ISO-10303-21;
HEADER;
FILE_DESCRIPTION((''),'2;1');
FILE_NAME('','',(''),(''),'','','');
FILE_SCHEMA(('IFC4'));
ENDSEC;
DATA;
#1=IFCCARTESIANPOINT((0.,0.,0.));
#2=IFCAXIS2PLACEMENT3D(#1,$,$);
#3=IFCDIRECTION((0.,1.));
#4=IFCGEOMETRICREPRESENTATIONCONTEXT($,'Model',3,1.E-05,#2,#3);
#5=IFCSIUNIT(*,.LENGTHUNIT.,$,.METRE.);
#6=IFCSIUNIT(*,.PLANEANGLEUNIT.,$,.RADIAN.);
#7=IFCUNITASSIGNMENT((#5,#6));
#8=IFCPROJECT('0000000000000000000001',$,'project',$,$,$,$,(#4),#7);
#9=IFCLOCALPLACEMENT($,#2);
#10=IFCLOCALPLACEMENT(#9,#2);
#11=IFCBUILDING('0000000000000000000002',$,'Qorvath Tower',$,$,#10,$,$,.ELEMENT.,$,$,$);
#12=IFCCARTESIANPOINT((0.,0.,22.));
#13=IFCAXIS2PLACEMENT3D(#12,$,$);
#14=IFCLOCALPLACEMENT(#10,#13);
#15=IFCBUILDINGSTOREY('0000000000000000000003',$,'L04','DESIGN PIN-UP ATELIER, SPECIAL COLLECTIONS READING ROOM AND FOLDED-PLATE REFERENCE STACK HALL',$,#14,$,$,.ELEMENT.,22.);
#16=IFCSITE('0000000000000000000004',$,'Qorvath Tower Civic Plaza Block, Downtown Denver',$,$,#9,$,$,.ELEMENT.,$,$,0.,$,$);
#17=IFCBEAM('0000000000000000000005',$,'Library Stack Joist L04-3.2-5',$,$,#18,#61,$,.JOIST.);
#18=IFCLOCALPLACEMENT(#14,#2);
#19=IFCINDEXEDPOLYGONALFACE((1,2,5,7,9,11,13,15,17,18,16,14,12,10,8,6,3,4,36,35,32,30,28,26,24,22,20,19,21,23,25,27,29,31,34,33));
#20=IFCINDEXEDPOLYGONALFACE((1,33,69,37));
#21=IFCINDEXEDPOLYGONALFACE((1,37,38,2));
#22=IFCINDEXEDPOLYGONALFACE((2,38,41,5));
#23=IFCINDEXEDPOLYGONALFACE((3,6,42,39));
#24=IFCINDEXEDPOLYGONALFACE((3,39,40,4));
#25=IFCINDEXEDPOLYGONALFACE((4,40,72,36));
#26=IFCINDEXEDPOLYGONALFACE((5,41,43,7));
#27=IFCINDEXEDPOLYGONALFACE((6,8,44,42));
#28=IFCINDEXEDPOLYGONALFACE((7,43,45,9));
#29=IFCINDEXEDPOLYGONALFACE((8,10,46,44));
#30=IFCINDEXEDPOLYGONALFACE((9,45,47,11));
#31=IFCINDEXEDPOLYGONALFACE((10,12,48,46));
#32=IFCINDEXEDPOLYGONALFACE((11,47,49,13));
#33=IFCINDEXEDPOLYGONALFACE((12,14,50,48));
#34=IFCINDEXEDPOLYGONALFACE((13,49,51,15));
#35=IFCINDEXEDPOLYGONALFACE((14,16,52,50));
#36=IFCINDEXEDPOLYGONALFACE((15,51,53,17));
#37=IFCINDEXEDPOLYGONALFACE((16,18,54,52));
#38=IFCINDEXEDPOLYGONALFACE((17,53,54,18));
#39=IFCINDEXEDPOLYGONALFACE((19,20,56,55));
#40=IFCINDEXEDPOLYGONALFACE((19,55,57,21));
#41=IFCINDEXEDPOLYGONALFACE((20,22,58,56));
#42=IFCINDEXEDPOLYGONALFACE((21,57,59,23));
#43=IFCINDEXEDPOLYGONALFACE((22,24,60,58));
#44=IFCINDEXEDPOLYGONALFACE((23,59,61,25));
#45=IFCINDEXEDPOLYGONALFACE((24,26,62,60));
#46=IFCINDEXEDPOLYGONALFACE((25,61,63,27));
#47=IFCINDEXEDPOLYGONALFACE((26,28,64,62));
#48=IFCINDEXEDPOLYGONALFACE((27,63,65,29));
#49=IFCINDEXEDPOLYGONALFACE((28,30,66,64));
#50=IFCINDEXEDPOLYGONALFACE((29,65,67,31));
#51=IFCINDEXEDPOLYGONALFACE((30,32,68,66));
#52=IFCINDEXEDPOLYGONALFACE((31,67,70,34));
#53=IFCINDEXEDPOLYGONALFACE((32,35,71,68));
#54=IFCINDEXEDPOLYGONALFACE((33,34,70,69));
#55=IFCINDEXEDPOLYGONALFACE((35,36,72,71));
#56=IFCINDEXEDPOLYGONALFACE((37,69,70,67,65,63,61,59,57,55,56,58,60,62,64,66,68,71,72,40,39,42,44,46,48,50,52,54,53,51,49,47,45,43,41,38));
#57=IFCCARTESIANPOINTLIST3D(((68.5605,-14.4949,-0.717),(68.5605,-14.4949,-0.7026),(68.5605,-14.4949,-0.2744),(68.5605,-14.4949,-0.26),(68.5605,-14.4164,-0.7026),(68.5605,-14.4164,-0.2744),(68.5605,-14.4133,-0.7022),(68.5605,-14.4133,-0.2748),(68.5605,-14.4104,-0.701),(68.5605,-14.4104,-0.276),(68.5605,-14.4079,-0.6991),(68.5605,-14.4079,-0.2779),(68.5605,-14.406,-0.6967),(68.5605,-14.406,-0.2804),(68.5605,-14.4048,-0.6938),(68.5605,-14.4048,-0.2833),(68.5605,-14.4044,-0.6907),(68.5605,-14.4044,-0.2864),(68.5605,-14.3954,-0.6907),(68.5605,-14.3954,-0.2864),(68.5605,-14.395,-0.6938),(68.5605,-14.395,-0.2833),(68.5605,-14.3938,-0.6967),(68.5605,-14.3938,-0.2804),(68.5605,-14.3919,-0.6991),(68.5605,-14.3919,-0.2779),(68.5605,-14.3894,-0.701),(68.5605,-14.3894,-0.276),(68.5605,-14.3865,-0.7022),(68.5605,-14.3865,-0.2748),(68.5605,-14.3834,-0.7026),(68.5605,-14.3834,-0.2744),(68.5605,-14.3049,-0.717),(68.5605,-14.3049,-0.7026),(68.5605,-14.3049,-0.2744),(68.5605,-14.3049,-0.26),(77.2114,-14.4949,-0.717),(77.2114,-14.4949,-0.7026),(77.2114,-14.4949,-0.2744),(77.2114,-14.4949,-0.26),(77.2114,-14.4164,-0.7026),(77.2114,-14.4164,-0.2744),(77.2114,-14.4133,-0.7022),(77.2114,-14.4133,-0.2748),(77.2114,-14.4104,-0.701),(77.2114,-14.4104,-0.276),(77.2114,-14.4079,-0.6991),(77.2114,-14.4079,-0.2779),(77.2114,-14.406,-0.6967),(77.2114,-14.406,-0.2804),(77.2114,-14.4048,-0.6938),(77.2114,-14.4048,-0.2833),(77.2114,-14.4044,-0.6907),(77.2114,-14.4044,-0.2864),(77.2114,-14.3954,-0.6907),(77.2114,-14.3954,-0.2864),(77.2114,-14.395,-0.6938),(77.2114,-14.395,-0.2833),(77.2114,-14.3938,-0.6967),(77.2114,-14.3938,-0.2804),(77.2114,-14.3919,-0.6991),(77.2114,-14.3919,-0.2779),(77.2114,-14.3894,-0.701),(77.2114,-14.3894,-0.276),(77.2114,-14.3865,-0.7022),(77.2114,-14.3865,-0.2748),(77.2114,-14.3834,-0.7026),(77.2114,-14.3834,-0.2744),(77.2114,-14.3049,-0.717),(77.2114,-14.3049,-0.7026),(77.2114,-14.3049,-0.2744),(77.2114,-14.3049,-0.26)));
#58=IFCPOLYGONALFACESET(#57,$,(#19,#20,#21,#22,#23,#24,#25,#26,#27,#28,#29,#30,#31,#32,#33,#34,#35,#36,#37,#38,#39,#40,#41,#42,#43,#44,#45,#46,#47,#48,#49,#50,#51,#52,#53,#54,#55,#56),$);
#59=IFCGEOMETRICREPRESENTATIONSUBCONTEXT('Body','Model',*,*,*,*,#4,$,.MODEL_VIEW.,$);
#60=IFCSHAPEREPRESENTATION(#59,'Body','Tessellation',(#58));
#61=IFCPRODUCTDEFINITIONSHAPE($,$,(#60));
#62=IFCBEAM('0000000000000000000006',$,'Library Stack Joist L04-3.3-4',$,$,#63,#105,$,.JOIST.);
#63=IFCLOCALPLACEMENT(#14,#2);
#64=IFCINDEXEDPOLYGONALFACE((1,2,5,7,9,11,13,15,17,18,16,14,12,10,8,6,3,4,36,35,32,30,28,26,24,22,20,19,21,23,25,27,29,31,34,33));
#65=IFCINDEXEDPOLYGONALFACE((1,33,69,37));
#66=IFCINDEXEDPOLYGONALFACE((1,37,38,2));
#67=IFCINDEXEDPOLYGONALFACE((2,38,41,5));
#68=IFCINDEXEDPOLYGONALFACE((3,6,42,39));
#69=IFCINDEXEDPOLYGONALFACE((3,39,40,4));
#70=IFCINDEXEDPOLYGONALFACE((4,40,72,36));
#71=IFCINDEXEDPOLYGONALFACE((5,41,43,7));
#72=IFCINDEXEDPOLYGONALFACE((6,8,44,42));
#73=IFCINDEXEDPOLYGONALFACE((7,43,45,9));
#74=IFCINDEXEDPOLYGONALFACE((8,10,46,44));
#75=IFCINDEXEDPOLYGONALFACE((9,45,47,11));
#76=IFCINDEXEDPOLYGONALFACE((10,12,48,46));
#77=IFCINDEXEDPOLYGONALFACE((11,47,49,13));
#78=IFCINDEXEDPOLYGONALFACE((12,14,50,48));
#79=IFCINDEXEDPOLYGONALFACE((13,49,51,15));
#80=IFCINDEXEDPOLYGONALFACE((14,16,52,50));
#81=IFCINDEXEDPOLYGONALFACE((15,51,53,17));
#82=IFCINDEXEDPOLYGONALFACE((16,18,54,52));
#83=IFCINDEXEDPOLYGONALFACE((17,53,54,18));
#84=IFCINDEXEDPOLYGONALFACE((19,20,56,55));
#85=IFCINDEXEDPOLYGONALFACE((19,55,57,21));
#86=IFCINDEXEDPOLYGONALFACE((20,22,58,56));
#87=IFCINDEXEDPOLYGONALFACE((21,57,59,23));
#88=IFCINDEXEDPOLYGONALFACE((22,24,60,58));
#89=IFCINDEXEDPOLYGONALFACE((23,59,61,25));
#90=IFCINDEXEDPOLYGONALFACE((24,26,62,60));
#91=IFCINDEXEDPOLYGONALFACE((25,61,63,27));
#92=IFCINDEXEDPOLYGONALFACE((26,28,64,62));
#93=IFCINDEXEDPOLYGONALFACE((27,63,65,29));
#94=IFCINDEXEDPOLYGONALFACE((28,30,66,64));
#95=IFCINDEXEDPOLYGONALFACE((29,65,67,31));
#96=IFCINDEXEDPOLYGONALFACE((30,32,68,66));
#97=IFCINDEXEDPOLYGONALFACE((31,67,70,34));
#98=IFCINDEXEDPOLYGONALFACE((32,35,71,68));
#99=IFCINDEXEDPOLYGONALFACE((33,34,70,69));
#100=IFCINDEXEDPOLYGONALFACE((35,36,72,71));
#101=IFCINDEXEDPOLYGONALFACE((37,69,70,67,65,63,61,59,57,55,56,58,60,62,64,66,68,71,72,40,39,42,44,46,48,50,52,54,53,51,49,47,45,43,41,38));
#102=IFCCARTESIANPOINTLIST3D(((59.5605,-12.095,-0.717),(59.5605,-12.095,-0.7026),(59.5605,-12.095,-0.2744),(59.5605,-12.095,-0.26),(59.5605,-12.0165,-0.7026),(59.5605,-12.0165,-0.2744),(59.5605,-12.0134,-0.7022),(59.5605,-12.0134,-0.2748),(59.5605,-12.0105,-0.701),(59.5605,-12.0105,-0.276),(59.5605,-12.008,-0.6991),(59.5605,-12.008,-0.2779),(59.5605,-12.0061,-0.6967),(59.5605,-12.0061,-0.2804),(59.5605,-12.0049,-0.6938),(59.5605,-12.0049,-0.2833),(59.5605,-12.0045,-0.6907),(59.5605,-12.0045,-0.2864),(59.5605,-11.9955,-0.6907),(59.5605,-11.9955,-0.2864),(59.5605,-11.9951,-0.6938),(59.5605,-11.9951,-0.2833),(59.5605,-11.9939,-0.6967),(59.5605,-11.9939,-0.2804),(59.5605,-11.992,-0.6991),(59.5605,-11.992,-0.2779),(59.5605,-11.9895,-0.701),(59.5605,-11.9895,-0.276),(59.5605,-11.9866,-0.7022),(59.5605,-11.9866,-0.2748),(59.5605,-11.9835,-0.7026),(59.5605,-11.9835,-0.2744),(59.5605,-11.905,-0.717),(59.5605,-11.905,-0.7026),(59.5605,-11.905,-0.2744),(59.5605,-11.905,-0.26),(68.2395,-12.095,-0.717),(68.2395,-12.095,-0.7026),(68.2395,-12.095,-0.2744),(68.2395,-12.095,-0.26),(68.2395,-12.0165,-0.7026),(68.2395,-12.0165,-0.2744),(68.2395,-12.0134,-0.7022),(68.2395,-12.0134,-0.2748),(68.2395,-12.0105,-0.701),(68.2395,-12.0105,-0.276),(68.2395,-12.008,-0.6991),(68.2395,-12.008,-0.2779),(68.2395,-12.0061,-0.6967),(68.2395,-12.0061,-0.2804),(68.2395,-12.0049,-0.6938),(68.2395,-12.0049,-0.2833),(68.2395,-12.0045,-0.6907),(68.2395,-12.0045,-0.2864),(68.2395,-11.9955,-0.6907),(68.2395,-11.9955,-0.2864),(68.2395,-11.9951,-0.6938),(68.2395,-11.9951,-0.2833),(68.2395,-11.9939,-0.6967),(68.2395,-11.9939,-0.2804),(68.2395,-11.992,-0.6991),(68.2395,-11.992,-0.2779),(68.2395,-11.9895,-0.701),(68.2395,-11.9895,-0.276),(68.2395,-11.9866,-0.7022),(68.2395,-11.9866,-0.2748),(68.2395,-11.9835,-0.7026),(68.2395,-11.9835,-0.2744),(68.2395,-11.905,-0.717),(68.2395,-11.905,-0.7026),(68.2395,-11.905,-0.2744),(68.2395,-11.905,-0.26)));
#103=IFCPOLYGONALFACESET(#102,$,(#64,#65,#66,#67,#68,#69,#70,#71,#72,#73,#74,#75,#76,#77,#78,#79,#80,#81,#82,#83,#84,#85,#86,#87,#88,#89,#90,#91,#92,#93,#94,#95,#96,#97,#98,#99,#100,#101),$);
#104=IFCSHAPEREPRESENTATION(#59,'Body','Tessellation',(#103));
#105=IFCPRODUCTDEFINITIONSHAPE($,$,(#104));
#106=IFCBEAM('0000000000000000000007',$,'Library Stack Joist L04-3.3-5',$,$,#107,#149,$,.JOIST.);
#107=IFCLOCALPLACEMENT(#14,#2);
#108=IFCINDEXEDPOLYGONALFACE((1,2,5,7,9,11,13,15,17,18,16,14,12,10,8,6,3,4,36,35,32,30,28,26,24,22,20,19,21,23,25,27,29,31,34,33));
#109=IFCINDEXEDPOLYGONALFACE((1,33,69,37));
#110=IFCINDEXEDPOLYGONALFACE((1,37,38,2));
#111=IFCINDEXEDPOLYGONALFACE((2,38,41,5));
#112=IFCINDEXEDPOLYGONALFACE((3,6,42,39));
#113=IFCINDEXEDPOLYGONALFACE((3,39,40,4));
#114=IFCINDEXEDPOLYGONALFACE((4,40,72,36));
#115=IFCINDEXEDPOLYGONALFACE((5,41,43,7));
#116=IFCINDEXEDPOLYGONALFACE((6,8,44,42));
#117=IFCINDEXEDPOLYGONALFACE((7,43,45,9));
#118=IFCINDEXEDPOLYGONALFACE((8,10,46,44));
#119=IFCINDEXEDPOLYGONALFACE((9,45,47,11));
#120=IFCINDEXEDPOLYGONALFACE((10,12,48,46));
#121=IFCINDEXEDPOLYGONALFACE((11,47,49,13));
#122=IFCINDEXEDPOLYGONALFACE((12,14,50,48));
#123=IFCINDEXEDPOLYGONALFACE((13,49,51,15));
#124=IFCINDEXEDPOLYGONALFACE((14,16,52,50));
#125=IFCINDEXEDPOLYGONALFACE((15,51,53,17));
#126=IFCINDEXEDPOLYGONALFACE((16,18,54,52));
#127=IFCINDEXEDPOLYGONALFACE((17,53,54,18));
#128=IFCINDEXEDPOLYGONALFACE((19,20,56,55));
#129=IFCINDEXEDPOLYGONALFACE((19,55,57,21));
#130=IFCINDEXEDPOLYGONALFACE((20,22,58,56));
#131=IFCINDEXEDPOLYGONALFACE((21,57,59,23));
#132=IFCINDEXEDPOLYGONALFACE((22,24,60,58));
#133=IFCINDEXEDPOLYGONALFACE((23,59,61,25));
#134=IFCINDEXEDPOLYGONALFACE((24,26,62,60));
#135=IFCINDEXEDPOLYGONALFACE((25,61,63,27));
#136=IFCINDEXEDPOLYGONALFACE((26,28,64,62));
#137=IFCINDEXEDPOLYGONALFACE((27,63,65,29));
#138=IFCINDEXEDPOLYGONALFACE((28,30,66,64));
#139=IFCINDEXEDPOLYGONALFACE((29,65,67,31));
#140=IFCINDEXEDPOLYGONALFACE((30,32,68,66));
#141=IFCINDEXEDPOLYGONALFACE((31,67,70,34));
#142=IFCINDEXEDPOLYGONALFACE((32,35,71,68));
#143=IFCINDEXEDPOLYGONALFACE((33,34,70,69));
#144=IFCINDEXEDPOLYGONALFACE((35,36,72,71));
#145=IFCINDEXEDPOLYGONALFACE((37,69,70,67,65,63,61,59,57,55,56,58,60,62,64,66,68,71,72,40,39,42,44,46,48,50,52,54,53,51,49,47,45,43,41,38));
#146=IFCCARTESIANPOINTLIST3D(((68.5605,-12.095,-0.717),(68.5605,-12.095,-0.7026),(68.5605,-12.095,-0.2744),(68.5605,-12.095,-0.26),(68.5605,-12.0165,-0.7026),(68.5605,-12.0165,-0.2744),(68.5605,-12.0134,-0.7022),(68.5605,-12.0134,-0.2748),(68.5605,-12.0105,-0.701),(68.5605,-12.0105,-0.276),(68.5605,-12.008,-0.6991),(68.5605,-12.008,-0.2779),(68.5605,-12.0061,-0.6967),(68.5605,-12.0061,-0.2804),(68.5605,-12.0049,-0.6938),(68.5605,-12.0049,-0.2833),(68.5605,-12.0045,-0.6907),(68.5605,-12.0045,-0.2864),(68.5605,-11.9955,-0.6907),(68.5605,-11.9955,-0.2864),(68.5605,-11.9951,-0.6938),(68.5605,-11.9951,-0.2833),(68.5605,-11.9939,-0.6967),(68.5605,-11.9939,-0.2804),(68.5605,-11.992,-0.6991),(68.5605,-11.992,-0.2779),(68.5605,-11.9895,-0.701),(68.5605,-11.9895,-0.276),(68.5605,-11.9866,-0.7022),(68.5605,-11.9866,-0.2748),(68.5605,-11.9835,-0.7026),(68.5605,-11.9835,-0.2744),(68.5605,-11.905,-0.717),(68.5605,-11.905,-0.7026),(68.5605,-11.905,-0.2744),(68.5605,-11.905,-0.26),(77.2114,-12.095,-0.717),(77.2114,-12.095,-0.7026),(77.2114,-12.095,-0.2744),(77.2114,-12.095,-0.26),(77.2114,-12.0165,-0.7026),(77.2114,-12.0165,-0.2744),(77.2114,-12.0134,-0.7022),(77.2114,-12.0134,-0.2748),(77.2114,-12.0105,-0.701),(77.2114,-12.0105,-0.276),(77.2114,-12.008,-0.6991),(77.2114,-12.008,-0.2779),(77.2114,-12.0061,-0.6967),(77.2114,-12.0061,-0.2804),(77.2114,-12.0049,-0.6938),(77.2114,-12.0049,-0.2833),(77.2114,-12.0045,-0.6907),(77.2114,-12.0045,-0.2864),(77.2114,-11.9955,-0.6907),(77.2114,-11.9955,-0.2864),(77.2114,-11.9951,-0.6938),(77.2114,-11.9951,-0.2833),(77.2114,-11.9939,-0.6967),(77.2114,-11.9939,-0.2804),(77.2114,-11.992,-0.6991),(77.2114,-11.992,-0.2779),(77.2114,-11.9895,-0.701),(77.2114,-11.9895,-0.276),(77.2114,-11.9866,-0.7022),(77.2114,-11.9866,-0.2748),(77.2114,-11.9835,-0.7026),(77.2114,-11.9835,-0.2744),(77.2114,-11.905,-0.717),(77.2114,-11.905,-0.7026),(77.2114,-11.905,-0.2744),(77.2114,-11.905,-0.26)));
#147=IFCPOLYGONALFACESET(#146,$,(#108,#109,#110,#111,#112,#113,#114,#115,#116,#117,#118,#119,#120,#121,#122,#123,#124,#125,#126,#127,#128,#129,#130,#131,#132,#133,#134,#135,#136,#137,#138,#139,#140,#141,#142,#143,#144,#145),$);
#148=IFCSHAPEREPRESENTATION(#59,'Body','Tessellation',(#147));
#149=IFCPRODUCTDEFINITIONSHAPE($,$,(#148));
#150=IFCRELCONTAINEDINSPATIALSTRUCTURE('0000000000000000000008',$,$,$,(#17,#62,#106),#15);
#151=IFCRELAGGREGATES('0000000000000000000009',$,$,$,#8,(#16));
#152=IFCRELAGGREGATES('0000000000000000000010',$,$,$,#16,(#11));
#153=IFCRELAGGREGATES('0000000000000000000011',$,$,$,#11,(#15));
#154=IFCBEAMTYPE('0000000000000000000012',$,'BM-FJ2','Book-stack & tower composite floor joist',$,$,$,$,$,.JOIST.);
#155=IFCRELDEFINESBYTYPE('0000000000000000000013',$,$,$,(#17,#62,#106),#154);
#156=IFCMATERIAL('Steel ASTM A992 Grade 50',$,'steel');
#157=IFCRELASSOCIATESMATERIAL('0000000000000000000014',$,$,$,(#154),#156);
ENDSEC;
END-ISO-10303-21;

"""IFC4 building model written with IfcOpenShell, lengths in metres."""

from ifc_helpers import new_model, si_unit, direction, frame, origin, origin_2d, place, context, subcontext, project, spatial, i_section, extrude, material, material_profile, profile_set, type_object, element, save


model = new_model("IFC4")

# Units and contexts
model_context = context("Model", 3, precision=1e-05, world=origin(), true_north=direction((0.0, 1.0)))
body_context = subcontext(model_context, "Body", "Model", "MODEL_VIEW")
ifc_project = project(units=[si_unit("LENGTHUNIT", "METRE"), si_unit("PLANEANGLEUNIT", "RADIAN")], contexts=[model_context])

# Site, building, storey
site_placement = place(None, origin())
site = spatial("IfcSite", under=ifc_project, at=site_placement, Name="Qorvath Tower Civic Plaza Block, Downtown Denver", CompositionType="ELEMENT", RefElevation=0.0)
building_placement = place(site_placement, origin())
building = spatial("IfcBuilding", under=site, at=building_placement, Name="Qorvath Tower", CompositionType="ELEMENT")
storey_placement = place(building_placement, frame((0.0, 0.0, 22.0)))
storey = spatial("IfcBuildingStorey", under=building, at=storey_placement, Name="L04", Description="DESIGN PIN-UP ATELIER, SPECIAL COLLECTIONS READING ROOM AND FOLDED-PLATE REFERENCE STACK HALL", CompositionType="ELEMENT", Elevation=22.0)

# Beams
ifc_material_1 = material(Name="Steel ASTM A992 Grade 50", Category="steel")
ifc_material_profile_1 = material_profile(ifc_material_1, i_section(OverallWidth=0.1899, OverallDepth=0.457, WebThickness=0.009, FlangeThickness=0.0144, FilletRadius=0.012, at=origin_2d()), Name="W18x50")
ifc_profile_set_1 = profile_set([ifc_material_profile_1], Name="Steel ASTM A992 Grade 50")
beam_type_1 = type_object("IfcBeamType", Name="BM-FJ2", Description="Book-stack & tower composite floor joist", PredefinedType="JOIST", material=ifc_profile_set_1)
beam_1_placement = place(storey_placement, frame((68.5605, -14.3999, -0.4885), z_axis=(1.0, 0.0, 0.0), x_axis=(0.0, 1.0, 0.0)))
element("IfcBeam", 1, at=beam_1_placement, inside=storey, type_object=beam_type_1, Name="Library Stack Joist L04-3.2-5", PredefinedType="JOIST", context=body_context, shape_type="SweptSolid", body=[
    extrude(i_section(OverallWidth=0.1899, OverallDepth=0.457, WebThickness=0.009, FlangeThickness=0.0144, FilletRadius=0.012, at=origin_2d()), origin(), (0.0, 0.0, 1.0), 8.6509),
])
beam_2_placement = place(storey_placement, frame((59.5605, -12.0, -0.4885), z_axis=(1.0, 0.0, 0.0), x_axis=(0.0, 1.0, 0.0)))
element("IfcBeam", 2, at=beam_2_placement, inside=storey, type_object=beam_type_1, Name="Library Stack Joist L04-3.3-4", PredefinedType="JOIST", context=body_context, shape_type="SweptSolid", body=[
    extrude(i_section(OverallWidth=0.1899, OverallDepth=0.457, WebThickness=0.009, FlangeThickness=0.0144, FilletRadius=0.012, at=origin_2d()), origin(), (0.0, 0.0, 1.0), 8.679),
])
beam_3_placement = place(storey_placement, frame((68.5605, -12.0, -0.4885), z_axis=(1.0, 0.0, 0.0), x_axis=(0.0, 1.0, 0.0)))
element("IfcBeam", 3, at=beam_3_placement, inside=storey, type_object=beam_type_1, Name="Library Stack Joist L04-3.3-5", PredefinedType="JOIST", context=body_context, shape_type="SweptSolid", body=[
    extrude(i_section(OverallWidth=0.1899, OverallDepth=0.457, WebThickness=0.009, FlangeThickness=0.0144, FilletRadius=0.012, at=origin_2d()), origin(), (0.0, 0.0, 1.0), 8.6509),
])

save(model, "model.ifc")
